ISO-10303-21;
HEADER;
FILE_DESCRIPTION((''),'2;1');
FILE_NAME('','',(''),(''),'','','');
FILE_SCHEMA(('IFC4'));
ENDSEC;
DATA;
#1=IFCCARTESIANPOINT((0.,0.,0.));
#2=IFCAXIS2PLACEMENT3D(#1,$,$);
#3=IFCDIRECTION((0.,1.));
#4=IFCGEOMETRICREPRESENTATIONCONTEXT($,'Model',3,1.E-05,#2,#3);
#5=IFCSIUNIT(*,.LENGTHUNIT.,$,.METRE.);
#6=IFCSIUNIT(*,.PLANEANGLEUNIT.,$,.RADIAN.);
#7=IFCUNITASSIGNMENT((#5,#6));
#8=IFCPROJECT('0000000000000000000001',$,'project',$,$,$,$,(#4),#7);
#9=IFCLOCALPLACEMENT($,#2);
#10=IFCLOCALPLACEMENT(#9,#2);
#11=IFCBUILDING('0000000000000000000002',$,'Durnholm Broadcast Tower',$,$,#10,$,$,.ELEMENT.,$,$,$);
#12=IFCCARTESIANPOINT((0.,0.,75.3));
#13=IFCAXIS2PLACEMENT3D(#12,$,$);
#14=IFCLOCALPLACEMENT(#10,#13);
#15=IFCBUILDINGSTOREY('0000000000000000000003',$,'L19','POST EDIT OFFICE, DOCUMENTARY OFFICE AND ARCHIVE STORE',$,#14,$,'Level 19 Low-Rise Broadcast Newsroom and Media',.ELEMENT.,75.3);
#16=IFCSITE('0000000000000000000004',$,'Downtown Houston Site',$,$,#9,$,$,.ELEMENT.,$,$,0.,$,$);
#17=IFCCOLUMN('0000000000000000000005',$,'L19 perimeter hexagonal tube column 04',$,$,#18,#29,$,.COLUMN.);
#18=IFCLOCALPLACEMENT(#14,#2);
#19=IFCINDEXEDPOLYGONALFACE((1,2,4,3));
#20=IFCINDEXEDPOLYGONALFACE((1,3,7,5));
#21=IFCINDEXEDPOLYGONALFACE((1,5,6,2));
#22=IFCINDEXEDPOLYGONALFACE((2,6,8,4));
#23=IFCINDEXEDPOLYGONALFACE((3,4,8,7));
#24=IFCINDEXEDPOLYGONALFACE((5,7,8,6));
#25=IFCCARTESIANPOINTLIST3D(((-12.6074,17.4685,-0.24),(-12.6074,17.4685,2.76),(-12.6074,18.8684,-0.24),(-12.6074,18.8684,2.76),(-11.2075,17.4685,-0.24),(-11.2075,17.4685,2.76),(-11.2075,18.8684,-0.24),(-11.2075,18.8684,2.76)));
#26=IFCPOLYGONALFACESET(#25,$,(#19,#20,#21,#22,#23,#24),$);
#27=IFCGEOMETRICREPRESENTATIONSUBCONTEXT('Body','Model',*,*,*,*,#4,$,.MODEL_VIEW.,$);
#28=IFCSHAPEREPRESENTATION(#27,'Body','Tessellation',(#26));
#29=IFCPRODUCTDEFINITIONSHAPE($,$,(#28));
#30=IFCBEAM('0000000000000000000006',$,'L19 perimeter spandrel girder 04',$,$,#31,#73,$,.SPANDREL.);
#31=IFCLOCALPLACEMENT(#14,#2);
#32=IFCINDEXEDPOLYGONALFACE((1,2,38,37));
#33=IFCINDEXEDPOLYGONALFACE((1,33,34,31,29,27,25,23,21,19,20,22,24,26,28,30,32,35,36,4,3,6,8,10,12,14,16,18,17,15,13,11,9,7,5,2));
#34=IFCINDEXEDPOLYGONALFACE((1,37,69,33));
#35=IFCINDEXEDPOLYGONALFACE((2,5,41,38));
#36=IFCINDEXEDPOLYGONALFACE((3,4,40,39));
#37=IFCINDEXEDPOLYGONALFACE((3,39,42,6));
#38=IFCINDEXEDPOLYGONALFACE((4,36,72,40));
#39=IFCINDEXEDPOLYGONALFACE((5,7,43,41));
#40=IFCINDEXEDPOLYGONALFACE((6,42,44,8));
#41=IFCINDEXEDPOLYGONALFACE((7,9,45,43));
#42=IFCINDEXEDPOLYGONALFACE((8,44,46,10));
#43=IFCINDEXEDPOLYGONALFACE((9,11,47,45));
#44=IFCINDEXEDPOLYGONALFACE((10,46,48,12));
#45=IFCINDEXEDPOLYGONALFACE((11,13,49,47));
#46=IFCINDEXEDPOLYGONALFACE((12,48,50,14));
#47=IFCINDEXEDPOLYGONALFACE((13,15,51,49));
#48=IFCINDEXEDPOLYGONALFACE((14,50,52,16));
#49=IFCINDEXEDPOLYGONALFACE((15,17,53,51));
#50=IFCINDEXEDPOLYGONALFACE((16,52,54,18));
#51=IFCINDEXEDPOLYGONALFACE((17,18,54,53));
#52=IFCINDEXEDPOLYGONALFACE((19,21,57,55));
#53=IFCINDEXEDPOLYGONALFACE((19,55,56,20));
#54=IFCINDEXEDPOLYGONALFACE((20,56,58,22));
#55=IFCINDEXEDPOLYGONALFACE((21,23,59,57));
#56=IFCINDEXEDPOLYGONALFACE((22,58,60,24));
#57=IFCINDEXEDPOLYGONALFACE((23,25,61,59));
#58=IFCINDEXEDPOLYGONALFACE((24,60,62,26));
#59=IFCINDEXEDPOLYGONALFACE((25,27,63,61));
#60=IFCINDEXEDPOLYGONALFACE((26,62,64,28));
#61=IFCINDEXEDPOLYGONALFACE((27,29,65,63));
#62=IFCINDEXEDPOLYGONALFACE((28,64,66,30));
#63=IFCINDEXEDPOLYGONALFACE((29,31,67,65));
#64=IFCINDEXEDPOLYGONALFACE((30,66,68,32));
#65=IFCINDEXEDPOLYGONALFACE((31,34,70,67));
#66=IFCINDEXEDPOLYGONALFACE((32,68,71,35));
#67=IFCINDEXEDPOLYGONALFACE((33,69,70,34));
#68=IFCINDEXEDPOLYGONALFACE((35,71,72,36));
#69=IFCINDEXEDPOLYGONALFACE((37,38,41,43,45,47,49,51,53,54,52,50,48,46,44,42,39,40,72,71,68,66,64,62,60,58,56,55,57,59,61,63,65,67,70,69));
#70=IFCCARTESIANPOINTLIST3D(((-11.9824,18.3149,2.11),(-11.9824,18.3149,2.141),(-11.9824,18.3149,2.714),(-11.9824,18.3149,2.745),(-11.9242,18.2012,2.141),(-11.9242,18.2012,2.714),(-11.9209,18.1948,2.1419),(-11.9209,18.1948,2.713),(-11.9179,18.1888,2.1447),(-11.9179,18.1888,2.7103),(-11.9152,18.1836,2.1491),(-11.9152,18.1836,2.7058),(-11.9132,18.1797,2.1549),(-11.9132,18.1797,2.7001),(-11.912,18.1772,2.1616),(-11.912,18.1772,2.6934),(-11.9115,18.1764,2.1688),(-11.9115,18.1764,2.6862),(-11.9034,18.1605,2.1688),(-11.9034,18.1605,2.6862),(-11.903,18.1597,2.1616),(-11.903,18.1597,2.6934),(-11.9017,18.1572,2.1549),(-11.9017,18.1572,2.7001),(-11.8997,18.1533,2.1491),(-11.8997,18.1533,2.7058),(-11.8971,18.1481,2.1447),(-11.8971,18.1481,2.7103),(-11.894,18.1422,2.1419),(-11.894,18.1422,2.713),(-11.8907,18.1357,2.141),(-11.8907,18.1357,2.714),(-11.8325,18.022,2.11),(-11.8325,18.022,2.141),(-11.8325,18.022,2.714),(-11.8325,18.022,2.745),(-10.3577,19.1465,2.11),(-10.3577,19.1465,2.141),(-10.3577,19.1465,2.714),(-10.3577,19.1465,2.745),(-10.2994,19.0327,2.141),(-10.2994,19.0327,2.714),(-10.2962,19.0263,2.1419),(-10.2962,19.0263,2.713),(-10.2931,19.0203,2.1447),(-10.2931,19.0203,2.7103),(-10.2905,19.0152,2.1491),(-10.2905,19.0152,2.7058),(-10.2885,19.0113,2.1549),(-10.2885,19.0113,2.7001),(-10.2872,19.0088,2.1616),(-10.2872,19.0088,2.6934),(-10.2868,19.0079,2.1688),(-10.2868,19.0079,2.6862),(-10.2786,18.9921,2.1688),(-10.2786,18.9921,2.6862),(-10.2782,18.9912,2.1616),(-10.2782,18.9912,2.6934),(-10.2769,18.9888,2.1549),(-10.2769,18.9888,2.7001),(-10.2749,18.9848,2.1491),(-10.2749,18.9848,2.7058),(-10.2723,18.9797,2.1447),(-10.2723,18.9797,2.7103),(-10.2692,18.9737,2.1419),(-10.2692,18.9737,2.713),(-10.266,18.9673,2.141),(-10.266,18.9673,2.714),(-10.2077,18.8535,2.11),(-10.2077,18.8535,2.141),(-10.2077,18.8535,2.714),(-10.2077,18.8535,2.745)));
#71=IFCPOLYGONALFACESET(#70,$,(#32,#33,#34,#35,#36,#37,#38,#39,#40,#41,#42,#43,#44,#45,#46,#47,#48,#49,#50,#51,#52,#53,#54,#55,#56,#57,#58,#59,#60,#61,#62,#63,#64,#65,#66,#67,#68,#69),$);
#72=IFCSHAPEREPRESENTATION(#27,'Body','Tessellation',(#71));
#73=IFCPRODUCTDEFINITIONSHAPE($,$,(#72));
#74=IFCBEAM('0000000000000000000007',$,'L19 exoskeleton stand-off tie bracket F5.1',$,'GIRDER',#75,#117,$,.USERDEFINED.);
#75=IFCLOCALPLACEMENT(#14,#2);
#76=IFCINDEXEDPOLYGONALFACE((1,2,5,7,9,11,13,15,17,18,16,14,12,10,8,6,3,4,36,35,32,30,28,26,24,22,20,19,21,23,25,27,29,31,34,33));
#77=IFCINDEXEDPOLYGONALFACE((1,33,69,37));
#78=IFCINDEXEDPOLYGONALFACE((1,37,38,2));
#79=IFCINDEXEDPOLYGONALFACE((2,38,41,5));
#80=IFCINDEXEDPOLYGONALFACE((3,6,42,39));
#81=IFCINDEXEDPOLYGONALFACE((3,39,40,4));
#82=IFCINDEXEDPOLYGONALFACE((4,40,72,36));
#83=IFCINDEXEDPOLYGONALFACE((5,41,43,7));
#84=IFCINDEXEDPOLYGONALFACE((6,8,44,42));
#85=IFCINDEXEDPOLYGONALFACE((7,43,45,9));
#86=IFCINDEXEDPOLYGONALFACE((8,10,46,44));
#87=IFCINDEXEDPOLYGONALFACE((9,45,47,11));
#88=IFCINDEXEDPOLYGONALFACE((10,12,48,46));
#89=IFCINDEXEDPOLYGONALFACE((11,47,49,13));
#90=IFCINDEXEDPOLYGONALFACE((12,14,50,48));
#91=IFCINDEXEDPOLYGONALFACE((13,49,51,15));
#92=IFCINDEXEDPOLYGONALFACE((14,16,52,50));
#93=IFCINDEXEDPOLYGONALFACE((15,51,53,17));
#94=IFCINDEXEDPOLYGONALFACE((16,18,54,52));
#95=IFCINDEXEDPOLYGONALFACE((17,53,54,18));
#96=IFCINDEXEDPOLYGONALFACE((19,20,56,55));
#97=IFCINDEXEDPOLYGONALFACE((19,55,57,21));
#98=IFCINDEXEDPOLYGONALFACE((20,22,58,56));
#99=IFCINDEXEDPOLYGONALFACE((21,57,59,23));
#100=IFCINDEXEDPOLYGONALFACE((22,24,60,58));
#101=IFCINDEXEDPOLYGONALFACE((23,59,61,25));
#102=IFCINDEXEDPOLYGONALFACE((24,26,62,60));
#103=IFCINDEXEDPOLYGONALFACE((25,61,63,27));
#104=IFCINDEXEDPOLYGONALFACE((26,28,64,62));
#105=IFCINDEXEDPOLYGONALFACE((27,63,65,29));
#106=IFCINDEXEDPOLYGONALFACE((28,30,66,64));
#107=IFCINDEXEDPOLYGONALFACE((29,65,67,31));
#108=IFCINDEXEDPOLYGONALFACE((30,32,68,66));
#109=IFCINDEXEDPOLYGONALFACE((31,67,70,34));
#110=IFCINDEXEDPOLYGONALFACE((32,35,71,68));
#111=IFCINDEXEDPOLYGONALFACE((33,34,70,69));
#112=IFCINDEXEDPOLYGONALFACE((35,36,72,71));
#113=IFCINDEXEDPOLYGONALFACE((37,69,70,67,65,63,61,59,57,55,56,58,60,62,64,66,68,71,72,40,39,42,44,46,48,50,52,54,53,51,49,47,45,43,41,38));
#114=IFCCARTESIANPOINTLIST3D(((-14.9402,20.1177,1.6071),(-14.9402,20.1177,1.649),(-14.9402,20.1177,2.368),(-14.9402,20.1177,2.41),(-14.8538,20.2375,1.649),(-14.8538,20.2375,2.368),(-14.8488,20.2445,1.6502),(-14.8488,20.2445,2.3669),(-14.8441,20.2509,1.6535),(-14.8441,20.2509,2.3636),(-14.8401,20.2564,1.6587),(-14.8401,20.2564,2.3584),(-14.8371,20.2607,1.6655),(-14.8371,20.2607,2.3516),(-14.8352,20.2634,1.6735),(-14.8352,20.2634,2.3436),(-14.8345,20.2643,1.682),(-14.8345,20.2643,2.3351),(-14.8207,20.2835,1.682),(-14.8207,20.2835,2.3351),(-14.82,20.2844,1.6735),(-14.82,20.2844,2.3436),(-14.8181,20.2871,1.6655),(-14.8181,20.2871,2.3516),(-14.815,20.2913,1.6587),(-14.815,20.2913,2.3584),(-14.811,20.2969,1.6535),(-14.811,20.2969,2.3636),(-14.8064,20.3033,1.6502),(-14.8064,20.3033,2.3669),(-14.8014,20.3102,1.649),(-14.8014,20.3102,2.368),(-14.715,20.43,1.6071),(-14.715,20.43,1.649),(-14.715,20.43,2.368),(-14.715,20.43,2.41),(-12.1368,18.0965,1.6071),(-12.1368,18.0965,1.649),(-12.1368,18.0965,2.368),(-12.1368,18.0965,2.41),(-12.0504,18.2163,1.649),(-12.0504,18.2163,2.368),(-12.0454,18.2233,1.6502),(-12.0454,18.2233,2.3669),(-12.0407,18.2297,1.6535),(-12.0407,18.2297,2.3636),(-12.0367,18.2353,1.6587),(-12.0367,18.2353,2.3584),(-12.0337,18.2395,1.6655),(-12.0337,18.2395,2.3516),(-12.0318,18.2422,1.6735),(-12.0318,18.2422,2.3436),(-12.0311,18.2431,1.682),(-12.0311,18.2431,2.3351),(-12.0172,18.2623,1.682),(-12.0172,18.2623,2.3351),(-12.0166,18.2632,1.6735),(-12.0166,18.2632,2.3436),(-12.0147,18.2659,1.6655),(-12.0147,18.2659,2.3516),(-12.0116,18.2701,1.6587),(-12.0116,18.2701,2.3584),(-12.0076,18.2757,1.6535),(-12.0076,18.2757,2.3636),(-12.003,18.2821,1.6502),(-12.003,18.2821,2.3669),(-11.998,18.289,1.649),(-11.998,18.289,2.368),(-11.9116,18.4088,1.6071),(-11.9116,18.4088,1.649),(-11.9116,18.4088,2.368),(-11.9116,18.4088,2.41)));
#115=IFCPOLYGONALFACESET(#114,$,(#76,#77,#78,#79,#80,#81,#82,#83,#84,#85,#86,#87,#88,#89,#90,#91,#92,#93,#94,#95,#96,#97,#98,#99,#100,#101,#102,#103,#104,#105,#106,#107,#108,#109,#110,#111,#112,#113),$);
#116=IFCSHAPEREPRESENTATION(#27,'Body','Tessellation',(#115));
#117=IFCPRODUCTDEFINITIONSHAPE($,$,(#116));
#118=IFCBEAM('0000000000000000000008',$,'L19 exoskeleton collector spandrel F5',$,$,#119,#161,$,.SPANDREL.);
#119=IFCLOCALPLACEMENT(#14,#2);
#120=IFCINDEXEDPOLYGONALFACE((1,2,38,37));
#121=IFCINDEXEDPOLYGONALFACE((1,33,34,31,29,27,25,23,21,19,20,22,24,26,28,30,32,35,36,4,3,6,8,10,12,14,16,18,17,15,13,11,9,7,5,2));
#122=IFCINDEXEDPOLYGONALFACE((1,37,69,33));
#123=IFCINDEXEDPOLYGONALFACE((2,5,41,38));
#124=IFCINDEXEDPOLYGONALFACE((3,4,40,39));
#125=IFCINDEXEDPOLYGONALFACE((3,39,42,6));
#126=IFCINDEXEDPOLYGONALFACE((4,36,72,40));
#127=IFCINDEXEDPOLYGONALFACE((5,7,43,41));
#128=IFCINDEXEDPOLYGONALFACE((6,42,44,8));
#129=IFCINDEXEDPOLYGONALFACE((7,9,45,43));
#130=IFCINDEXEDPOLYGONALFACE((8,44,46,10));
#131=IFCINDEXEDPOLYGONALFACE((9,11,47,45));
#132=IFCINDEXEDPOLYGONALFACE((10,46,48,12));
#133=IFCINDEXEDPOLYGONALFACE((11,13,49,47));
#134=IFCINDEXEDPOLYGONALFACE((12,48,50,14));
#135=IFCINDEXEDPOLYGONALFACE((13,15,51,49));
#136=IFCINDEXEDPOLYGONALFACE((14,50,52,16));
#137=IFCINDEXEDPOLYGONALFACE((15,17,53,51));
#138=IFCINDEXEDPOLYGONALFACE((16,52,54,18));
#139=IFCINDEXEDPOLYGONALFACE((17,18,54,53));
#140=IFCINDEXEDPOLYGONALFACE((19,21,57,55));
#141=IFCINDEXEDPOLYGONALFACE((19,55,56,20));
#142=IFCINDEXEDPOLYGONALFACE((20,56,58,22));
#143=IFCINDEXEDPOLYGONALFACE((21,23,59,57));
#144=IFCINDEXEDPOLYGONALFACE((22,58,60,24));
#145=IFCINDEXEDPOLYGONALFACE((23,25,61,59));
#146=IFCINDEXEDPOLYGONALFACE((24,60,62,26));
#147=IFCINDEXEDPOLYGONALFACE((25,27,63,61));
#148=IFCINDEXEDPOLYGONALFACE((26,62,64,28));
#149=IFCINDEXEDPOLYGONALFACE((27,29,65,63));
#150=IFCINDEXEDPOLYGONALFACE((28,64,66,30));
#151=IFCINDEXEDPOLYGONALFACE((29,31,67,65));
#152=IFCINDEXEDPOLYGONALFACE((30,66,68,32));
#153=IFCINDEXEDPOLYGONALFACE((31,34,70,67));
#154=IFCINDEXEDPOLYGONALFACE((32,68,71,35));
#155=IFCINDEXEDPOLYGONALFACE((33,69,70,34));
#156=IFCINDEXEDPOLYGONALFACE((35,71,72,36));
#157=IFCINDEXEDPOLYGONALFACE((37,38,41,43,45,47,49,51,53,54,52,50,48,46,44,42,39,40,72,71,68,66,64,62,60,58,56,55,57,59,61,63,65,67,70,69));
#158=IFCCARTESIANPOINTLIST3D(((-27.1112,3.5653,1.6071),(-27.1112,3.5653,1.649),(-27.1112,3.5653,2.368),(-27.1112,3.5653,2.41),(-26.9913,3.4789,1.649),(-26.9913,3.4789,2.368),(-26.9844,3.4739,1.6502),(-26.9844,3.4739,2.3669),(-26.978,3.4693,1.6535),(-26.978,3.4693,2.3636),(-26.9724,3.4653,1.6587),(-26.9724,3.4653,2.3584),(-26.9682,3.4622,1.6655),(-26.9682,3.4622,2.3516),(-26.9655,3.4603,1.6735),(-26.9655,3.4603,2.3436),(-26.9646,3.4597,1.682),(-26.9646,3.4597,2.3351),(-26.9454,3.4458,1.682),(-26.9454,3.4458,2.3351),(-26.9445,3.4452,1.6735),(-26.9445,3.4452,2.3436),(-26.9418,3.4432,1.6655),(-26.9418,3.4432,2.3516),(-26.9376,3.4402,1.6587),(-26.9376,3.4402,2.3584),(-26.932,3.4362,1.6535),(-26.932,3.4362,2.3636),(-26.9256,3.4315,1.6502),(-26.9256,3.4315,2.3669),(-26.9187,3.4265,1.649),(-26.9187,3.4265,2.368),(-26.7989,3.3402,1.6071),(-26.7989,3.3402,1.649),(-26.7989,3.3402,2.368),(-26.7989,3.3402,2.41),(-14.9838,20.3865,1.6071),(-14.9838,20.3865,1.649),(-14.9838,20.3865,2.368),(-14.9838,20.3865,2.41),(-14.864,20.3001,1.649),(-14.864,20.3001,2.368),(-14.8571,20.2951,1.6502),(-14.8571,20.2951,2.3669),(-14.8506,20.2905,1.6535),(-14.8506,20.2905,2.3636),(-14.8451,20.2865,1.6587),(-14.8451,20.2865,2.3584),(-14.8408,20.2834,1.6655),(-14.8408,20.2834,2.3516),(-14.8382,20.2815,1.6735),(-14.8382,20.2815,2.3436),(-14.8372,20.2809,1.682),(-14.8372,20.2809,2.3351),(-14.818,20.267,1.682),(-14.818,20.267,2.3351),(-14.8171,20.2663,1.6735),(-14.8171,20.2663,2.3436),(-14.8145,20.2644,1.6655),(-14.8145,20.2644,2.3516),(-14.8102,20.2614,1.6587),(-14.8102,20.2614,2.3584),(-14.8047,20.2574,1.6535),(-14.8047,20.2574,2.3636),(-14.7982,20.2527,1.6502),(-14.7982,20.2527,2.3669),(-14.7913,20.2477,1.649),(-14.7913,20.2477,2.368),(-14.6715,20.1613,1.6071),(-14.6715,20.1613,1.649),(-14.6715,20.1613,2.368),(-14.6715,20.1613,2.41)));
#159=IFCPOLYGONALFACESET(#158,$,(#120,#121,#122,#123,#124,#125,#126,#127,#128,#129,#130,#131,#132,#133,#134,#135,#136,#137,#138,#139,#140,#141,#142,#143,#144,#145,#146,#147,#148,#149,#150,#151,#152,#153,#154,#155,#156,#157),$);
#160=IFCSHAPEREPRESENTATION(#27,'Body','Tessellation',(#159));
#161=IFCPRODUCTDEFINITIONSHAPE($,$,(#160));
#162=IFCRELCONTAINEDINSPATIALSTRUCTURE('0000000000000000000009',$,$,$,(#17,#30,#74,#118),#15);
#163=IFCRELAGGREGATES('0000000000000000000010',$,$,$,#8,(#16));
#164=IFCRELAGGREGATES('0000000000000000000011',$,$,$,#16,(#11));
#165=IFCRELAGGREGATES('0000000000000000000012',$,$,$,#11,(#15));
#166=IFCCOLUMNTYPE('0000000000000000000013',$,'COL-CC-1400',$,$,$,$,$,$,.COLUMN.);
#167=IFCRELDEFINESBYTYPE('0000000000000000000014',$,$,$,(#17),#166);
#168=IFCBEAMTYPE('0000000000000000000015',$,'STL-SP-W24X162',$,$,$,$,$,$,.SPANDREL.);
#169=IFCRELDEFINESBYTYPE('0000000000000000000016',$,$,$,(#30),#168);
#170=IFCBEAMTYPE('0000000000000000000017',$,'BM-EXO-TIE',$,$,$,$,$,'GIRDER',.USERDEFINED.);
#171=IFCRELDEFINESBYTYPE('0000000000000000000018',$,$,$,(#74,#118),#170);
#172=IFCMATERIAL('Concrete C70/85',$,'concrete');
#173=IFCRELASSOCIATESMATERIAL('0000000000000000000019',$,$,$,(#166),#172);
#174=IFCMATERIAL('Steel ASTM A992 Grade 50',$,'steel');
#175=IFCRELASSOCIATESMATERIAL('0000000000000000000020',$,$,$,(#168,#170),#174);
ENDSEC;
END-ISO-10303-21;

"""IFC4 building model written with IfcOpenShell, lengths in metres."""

from ifc_helpers import new_model, si_unit, direction, frame, origin, origin_2d, place, context, subcontext, project, spatial, rectangle, i_section, extrude, source, transform, mapped, material, material_profile, profile_set, type_object, type_shapes, element, save


model = new_model("IFC4")

# Units and contexts
model_context = context("Model", 3, precision=1e-05, world=origin(), true_north=direction((0.0, 1.0)))
body_context = subcontext(model_context, "Body", "Model", "MODEL_VIEW")
ifc_project = project(units=[si_unit("LENGTHUNIT", "METRE"), si_unit("PLANEANGLEUNIT", "RADIAN")], contexts=[model_context])

# Site, building, storey
site_placement = place(None, origin())
site = spatial("IfcSite", under=ifc_project, at=site_placement, Name="Downtown Houston Site", CompositionType="ELEMENT", RefElevation=0.0)
building_placement = place(site_placement, origin())
building = spatial("IfcBuilding", under=site, at=building_placement, Name="Durnholm Broadcast Tower", CompositionType="ELEMENT")
storey_placement = place(building_placement, frame((0.0, 0.0, 75.3)))
storey = spatial("IfcBuildingStorey", under=building, at=storey_placement, Name="L19", Description="POST EDIT OFFICE, DOCUMENTARY OFFICE AND ARCHIVE STORE", LongName="Level 19 Low-Rise Broadcast Newsroom and Media", CompositionType="ELEMENT", Elevation=75.3)

# Column
ifc_material_1 = material(Name="Concrete C70/85", Category="concrete")
ifc_material_profile_1 = material_profile(ifc_material_1, rectangle(XDim=1.3999, YDim=1.3999, at=origin_2d()), Name="RC1400X1400")
ifc_profile_set_1 = profile_set([ifc_material_profile_1], Name="Concrete C70/85")
column_type = type_object("IfcColumnType", Name="COL-CC-1400", PredefinedType="COLUMN", material=ifc_profile_set_1)
shared_shape_1 = source(origin(), body_context, "Body", "SweptSolid", [
    extrude(rectangle(XDim=1.3999, YDim=1.3999, at=origin_2d()), origin(), (0.0, 0.0, 1.0), 3.0),
])
type_shapes(column_type, [shared_shape_1])
column_placement = place(storey_placement, frame((-11.9075, 18.1685, -0.24), z_axis=(0.0, 0.0, 1.0), x_axis=(1.0, 0.0, 0.0)))
element("IfcColumn", 1, at=column_placement, inside=storey, type_object=column_type, Name="L19 perimeter hexagonal tube column 04", PredefinedType="COLUMN", context=body_context, shape_type="MappedRepresentation", body=[
    mapped(shared_shape_1, transform((0.0, 0.0, 0.0), x_axis=(1.0, 0.0, 0.0), y_axis=(0.0, 1.0, 0.0), z_axis=(0.0, 0.0, 1.0), scale=1.0)),
])

# Beams
ifc_material_2 = material(Name="Steel ASTM A992 Grade 50", Category="steel")
ifc_material_profile_2 = material_profile(ifc_material_2, i_section(OverallWidth=0.3291, OverallDepth=0.635, WebThickness=0.0178, FlangeThickness=0.031, FilletRadius=0.0278, at=origin_2d()), Name="W24X162")
ifc_profile_set_2 = profile_set([ifc_material_profile_2], Name="Steel ASTM A992 Grade 50")
beam_type_1 = type_object("IfcBeamType", Name="STL-SP-W24X162", PredefinedType="SPANDREL", material=ifc_profile_set_2)
shared_shape_2 = source(origin(), body_context, "Body", "SweptSolid", [
    extrude(i_section(OverallWidth=0.3291, OverallDepth=0.635, WebThickness=0.0178, FlangeThickness=0.031, FilletRadius=0.0278, at=origin_2d()), origin(), (0.0, 0.0, 1.0), 1.8252),
])
type_shapes(beam_type_1, [shared_shape_2])
beam_1_placement = place(storey_placement, frame((-11.9075, 18.1685, 2.4275), z_axis=(0.890188, 0.455594, 0.0), x_axis=(-0.455594, 0.890188, 0.0)))
element("IfcBeam", 2, at=beam_1_placement, inside=storey, type_object=beam_type_1, Name="L19 perimeter spandrel girder 04", PredefinedType="SPANDREL", context=body_context, shape_type="MappedRepresentation", body=[
    mapped(shared_shape_2, transform((0.0, 0.0, 0.0), x_axis=(1.0, 0.0, 0.0), y_axis=(0.0, 1.0, 0.0), z_axis=(0.0, 0.0, 1.0), scale=1.0)),
])
ifc_material_profile_3 = material_profile(ifc_material_2, i_section(OverallWidth=0.385, OverallDepth=0.803, WebThickness=0.0237, FlangeThickness=0.042, FilletRadius=0.033, at=origin_2d()), Name="W30X261")
ifc_profile_set_3 = profile_set([ifc_material_profile_3], Name="Steel ASTM A992 Grade 50")
beam_type_2 = type_object("IfcBeamType", Name="BM-EXO-TIE", ElementType="GIRDER", PredefinedType="USERDEFINED", material=ifc_profile_set_3)
shared_shape_3 = source(origin(), body_context, "Body", "SweptSolid", [
    extrude(i_section(OverallWidth=0.385, OverallDepth=0.803, WebThickness=0.0237, FlangeThickness=0.042, FilletRadius=0.033, at=origin_2d()), origin(), (0.0, 0.0, 1.0), 3.4561),
])
beam_2_placement = place(storey_placement, frame((-12.0242, 18.2527, 2.0085), z_axis=(-0.811158, 0.584828, 0.0), x_axis=(-0.584828, -0.811158, 0.0)))
element("IfcBeam", 3, at=beam_2_placement, inside=storey, type_object=beam_type_2, Name="L19 exoskeleton stand-off tie bracket F5.1", ObjectType="GIRDER", PredefinedType="USERDEFINED", context=body_context, shape_type="MappedRepresentation", body=[
    mapped(shared_shape_3, transform((0.0, 0.0, 0.0), x_axis=(1.0, 0.0, 0.0), y_axis=(0.0, 1.0, 0.0), z_axis=(0.0, 0.0, 1.0), scale=1.0)),
])
shared_shape_4 = source(origin(), body_context, "Body", "SweptSolid", [
    extrude(i_section(OverallWidth=0.385, OverallDepth=0.803, WebThickness=0.0237, FlangeThickness=0.042, FilletRadius=0.033, at=origin_2d()), origin(), (0.0, 0.0, 1.0), 20.7371),
])
type_shapes(beam_type_2, [shared_shape_3, shared_shape_4])
beam_3_placement = place(storey_placement, frame((-14.8276, 20.2739, 2.0085), z_axis=(-0.584816, -0.811166, 0.0), x_axis=(0.811166, -0.584816, 0.0)))
element("IfcBeam", 4, at=beam_3_placement, inside=storey, type_object=beam_type_2, Name="L19 exoskeleton collector spandrel F5", PredefinedType="SPANDREL", context=body_context, shape_type="MappedRepresentation", body=[
    mapped(shared_shape_4, transform((0.0, 0.0, 0.0), x_axis=(1.0, 0.0, 0.0), y_axis=(0.0, 1.0, 0.0), z_axis=(0.0, 0.0, 1.0), scale=1.0)),
])

save(model, "model.ifc")
